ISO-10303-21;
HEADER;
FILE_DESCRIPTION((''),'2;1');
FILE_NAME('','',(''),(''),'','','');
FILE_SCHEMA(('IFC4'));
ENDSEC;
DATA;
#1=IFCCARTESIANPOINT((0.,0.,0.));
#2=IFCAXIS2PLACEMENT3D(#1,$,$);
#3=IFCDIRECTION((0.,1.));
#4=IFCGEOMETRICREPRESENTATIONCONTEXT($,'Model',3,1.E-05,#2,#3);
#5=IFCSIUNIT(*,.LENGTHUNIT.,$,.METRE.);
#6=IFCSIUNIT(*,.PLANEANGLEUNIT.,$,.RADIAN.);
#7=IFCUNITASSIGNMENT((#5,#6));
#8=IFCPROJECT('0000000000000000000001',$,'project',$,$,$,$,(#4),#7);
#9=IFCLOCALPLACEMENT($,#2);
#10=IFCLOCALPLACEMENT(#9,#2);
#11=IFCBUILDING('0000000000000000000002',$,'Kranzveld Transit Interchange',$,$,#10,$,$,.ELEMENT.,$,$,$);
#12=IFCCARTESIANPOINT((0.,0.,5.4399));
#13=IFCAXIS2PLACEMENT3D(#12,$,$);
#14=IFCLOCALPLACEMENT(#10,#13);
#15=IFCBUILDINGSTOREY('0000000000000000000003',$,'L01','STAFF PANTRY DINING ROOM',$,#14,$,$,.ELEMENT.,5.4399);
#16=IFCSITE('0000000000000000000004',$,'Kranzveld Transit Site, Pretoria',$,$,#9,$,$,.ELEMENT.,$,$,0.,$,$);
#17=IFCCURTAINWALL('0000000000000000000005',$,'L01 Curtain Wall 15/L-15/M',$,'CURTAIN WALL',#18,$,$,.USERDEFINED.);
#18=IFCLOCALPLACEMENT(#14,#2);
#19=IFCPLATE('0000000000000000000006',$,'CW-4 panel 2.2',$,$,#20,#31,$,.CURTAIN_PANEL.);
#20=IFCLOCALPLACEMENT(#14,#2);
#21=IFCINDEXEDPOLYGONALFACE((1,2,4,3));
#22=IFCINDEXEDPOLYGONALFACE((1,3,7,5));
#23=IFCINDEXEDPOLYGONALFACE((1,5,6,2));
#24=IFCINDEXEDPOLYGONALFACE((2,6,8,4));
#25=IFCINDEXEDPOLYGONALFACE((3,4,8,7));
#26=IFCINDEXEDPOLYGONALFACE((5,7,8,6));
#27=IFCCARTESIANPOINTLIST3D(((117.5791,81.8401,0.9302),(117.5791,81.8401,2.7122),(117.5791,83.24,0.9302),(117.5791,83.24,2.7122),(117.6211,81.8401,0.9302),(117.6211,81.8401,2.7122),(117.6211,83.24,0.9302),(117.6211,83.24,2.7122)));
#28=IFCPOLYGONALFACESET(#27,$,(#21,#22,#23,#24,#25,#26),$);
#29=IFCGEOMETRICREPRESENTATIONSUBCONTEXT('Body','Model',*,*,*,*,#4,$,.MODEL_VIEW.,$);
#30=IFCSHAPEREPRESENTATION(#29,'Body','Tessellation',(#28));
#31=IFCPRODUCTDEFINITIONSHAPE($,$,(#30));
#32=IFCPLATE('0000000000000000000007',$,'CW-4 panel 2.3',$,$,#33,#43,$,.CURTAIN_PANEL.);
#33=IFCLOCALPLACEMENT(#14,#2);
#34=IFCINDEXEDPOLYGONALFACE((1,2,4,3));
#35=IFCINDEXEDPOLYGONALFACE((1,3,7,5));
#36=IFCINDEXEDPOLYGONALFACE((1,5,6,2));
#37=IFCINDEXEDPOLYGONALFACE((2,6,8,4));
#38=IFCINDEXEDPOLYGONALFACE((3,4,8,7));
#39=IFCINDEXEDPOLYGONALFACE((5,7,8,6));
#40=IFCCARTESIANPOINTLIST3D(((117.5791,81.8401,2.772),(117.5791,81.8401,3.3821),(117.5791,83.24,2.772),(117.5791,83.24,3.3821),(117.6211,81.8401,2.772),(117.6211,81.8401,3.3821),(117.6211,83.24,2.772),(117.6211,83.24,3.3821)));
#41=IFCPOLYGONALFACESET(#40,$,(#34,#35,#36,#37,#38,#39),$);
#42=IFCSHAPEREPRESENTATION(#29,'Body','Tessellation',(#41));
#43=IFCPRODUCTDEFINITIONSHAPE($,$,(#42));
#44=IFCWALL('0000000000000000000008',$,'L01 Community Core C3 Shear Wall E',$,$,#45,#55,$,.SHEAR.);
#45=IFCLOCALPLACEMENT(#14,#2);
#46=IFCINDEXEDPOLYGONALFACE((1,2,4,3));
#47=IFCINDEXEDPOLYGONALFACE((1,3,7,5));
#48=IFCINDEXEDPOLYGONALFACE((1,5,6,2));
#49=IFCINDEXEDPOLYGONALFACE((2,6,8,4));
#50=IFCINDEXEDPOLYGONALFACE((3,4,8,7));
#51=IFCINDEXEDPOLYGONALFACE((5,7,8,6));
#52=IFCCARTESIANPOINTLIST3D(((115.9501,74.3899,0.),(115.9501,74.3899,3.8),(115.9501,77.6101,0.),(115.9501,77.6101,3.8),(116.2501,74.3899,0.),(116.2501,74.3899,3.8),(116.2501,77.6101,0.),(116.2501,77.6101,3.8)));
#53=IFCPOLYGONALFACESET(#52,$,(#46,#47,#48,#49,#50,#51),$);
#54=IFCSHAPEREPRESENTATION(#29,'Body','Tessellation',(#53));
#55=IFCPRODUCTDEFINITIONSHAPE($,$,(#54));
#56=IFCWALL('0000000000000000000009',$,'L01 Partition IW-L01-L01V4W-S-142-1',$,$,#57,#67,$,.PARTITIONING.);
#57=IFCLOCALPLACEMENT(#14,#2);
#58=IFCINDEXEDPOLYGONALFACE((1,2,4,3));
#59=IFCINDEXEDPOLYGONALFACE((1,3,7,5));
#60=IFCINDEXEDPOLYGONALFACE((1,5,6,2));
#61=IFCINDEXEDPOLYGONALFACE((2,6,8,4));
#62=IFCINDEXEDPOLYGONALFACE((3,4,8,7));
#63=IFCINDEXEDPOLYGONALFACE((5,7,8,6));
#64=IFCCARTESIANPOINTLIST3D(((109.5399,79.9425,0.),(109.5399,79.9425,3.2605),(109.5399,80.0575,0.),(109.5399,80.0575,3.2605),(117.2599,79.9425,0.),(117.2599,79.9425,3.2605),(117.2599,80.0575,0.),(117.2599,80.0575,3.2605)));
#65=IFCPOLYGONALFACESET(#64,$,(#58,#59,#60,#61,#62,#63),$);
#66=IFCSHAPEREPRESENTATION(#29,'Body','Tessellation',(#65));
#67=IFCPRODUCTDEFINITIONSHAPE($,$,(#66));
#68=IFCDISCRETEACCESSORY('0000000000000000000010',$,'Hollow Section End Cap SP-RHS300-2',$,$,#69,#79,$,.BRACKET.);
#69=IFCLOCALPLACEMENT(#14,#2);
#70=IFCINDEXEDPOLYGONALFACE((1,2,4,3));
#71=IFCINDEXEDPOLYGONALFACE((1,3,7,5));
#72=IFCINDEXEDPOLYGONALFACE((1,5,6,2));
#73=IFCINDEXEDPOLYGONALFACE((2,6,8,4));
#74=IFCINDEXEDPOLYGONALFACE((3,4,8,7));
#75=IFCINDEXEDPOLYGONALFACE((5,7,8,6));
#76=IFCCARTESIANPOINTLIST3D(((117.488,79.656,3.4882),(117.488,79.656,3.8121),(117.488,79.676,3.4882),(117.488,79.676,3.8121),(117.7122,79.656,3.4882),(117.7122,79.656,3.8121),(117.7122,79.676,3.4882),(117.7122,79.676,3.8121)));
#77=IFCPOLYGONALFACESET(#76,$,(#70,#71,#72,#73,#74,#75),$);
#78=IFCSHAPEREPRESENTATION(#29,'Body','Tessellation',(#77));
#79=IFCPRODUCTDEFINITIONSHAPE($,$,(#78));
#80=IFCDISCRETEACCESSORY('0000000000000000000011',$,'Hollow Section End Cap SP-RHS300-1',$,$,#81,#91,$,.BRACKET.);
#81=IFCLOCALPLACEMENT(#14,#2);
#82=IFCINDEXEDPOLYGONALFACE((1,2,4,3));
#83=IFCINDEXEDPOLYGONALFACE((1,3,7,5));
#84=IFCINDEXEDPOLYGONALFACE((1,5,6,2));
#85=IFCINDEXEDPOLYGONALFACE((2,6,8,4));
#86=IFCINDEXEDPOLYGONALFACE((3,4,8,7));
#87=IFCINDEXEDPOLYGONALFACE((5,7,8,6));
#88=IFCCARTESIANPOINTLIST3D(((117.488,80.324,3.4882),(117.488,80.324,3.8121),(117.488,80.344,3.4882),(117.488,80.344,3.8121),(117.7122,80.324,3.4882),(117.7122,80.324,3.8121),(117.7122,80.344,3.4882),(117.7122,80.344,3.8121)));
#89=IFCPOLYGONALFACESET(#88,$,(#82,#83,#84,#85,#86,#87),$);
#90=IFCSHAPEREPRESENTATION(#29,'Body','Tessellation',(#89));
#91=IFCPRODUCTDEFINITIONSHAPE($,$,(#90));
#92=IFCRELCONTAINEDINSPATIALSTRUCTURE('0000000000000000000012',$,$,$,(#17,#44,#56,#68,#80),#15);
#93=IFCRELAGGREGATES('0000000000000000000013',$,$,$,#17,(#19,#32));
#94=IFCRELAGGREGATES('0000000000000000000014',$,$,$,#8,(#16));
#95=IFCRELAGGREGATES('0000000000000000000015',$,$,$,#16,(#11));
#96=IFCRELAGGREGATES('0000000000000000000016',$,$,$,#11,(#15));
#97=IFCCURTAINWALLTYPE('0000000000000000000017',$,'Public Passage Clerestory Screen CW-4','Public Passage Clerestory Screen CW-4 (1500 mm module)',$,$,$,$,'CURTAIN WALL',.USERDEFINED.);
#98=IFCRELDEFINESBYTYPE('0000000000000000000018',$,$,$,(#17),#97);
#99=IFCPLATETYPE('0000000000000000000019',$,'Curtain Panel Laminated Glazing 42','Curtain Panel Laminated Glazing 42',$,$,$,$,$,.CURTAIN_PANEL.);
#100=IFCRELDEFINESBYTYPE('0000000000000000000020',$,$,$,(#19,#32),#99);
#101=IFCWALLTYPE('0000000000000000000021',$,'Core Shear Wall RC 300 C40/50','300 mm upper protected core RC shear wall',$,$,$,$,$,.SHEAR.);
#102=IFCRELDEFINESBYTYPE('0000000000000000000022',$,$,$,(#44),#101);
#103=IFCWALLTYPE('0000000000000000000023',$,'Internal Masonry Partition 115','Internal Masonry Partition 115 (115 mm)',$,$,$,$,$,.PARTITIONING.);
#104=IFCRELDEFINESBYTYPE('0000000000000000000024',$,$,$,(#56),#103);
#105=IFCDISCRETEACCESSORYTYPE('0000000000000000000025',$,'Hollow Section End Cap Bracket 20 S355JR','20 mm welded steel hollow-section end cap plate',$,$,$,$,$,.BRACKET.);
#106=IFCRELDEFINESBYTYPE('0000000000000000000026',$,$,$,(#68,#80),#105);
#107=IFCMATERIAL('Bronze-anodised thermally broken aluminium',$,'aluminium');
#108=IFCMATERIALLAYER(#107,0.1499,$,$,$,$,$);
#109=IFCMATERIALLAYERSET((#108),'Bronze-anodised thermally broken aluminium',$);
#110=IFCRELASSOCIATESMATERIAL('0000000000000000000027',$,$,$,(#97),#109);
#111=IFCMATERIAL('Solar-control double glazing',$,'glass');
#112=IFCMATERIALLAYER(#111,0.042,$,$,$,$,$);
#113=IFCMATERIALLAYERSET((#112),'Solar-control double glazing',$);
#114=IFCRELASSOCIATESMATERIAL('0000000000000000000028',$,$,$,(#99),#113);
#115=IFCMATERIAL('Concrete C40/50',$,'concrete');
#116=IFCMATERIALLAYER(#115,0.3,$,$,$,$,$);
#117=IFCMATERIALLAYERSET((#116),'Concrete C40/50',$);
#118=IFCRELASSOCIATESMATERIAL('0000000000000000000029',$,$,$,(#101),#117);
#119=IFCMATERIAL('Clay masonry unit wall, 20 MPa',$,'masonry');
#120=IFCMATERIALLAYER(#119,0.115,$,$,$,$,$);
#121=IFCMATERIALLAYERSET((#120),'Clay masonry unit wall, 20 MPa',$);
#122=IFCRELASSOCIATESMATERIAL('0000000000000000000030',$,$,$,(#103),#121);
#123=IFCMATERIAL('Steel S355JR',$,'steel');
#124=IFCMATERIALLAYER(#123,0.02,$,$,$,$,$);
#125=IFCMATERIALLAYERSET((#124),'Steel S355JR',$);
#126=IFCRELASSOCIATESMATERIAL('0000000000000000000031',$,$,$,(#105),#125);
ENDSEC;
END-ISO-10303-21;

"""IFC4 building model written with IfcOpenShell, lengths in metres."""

from ifc_helpers import new_model, si_unit, direction, frame, frame_2d, origin, origin_2d, place, context, subcontext, project, spatial, rectangle, extrude, material, layer, layer_set, type_object, element, aggregate, save


model = new_model("IFC4")

# Units and contexts
model_context = context("Model", 3, precision=1e-05, world=origin(), true_north=direction((0.0, 1.0)))
body_context = subcontext(model_context, "Body", "Model", "MODEL_VIEW")
ifc_project = project(units=[si_unit("LENGTHUNIT", "METRE"), si_unit("PLANEANGLEUNIT", "RADIAN")], contexts=[model_context])

# Site, building, storey
site_placement = place(None, origin())
site = spatial("IfcSite", under=ifc_project, at=site_placement, Name="Kranzveld Transit Site, Pretoria", CompositionType="ELEMENT", RefElevation=0.0)
building_placement = place(site_placement, origin())
building = spatial("IfcBuilding", under=site, at=building_placement, Name="Kranzveld Transit Interchange", CompositionType="ELEMENT")
storey_placement = place(building_placement, frame((0.0, 0.0, 5.4399)))
storey = spatial("IfcBuildingStorey", under=building, at=storey_placement, Name="L01", Description="STAFF PANTRY DINING ROOM", CompositionType="ELEMENT", Elevation=5.4399)

# Curtain wall
ifc_material_1 = material(Name="Bronze-anodised thermally broken aluminium", Category="aluminium")
ifc_layer_1 = layer(ifc_material_1, 0.1499)
ifc_layer_set_1 = layer_set([ifc_layer_1], Name="Bronze-anodised thermally broken aluminium")
curtain_wall_type = type_object("IfcCurtainWallType", Name="Public Passage Clerestory Screen CW-4", Description="Public Passage Clerestory Screen CW-4 (1500 mm module)", ElementType="CURTAIN WALL", PredefinedType="USERDEFINED", material=ifc_layer_set_1)
curtain_wall_placement = place(storey_placement, origin())
curtain_wall = element("IfcCurtainWall", 1, at=curtain_wall_placement, inside=storey, type_object=curtain_wall_type, Name="L01 Curtain Wall 15/L-15/M", ObjectType="CURTAIN WALL", PredefinedType="USERDEFINED")

# Plates
ifc_material_2 = material(Name="Solar-control double glazing", Category="glass")
ifc_layer_2 = layer(ifc_material_2, 0.042)
ifc_layer_set_2 = layer_set([ifc_layer_2], Name="Solar-control double glazing")
plate_type = type_object("IfcPlateType", Name="Curtain Panel Laminated Glazing 42", Description="Curtain Panel Laminated Glazing 42", PredefinedType="CURTAIN_PANEL", material=ifc_layer_set_2)
plate_1_placement = place(storey_placement, frame((117.6001, 82.54, 0.9302), z_axis=(0.0, 0.0, 1.0), x_axis=(0.0, 1.0, 0.0)))
plate_1 = element("IfcPlate", 2, at=plate_1_placement, type_object=plate_type, Name="CW-4 panel 2.2", PredefinedType="CURTAIN_PANEL", context=body_context, shape_type="SweptSolid", body=[
    extrude(rectangle(XDim=1.3999, YDim=0.042, at=origin_2d()), origin(), (0.0, 0.0, 1.0), 1.782),
])
plate_2_placement = place(storey_placement, frame((117.6001, 82.54, 2.772), z_axis=(0.0, 0.0, 1.0), x_axis=(0.0, 1.0, 0.0)))
plate_2 = element("IfcPlate", 3, at=plate_2_placement, type_object=plate_type, Name="CW-4 panel 2.3", PredefinedType="CURTAIN_PANEL", context=body_context, shape_type="SweptSolid", body=[
    extrude(rectangle(XDim=1.3999, YDim=0.042, at=origin_2d()), origin(), (0.0, 0.0, 1.0), 0.6101),
])
aggregate(curtain_wall, [plate_1, plate_2])

# Walls
ifc_material_3 = material(Name="Concrete C40/50", Category="concrete")
ifc_layer_3 = layer(ifc_material_3, 0.3)
ifc_layer_set_3 = layer_set([ifc_layer_3], Name="Concrete C40/50")
wall_type_1 = type_object("IfcWallType", Name="Core Shear Wall RC 300 C40/50", Description="300 mm upper protected core RC shear wall", PredefinedType="SHEAR", material=ifc_layer_set_3)
wall_1_placement = place(storey_placement, frame((116.1001, 74.3899, 0.0), z_axis=(0.0, 0.0, 1.0), x_axis=(0.0, 1.0, 0.0)))
element("IfcWall", 4, at=wall_1_placement, inside=storey, type_object=wall_type_1, Name="L01 Community Core C3 Shear Wall E", PredefinedType="SHEAR", context=body_context, shape_type="SweptSolid", body=[
    extrude(rectangle(XDim=3.2202, YDim=0.3, at=frame_2d((1.6101, 0.0))), origin(), (0.0, 0.0, 1.0), 3.8),
])
ifc_material_4 = material(Name="Clay masonry unit wall, 20 MPa", Category="masonry")
ifc_layer_4 = layer(ifc_material_4, 0.115)
ifc_layer_set_4 = layer_set([ifc_layer_4], Name="Clay masonry unit wall, 20 MPa")
wall_type_2 = type_object("IfcWallType", Name="Internal Masonry Partition 115", Description="Internal Masonry Partition 115 (115 mm)", PredefinedType="PARTITIONING", material=ifc_layer_set_4)
wall_2_placement = place(storey_placement, frame((109.54, 80.0, 0.0), z_axis=(0.0, 0.0, 1.0), x_axis=(1.0, 0.0, 0.0)))
element("IfcWall", 5, at=wall_2_placement, inside=storey, type_object=wall_type_2, Name="L01 Partition IW-L01-L01V4W-S-142-1", PredefinedType="PARTITIONING", context=body_context, shape_type="SweptSolid", body=[
    extrude(rectangle(XDim=7.72, YDim=0.115, at=frame_2d((3.8599, 0.0))), origin(), (0.0, 0.0, 1.0), 3.2605),
])

# Discrete accessories
ifc_material_5 = material(Name="Steel S355JR", Category="steel")
ifc_layer_5 = layer(ifc_material_5, 0.02)
ifc_layer_set_5 = layer_set([ifc_layer_5], Name="Steel S355JR")
discrete_accessory_type = type_object("IfcDiscreteAccessoryType", Name="Hollow Section End Cap Bracket 20 S355JR", Description="20 mm welded steel hollow-section end cap plate", PredefinedType="BRACKET", material=ifc_layer_set_5)
for number, where, z_axis, x_axis, name in (
    (6, (117.6001, 79.656, 3.6501), (0.0, 1.0, 0.0), (-1.0, 0.0, 0.0), "Hollow Section End Cap SP-RHS300-2"),
    (7, (117.6001, 80.344, 3.6501), (0.0, -1.0, 0.0), (1.0, 0.0, 0.0), "Hollow Section End Cap SP-RHS300-1"),
):
    element("IfcDiscreteAccessory", number, at=place(storey_placement, frame(where, z_axis=z_axis, x_axis=x_axis)), inside=storey, type_object=discrete_accessory_type, Name=name, PredefinedType="BRACKET", context=body_context, shape_type="SweptSolid", body=[
        extrude(rectangle(XDim=0.2241, YDim=0.324, at=origin_2d()), origin(), (0.0, 0.0, 1.0), 0.02),
    ])

save(model, "model.ifc")
